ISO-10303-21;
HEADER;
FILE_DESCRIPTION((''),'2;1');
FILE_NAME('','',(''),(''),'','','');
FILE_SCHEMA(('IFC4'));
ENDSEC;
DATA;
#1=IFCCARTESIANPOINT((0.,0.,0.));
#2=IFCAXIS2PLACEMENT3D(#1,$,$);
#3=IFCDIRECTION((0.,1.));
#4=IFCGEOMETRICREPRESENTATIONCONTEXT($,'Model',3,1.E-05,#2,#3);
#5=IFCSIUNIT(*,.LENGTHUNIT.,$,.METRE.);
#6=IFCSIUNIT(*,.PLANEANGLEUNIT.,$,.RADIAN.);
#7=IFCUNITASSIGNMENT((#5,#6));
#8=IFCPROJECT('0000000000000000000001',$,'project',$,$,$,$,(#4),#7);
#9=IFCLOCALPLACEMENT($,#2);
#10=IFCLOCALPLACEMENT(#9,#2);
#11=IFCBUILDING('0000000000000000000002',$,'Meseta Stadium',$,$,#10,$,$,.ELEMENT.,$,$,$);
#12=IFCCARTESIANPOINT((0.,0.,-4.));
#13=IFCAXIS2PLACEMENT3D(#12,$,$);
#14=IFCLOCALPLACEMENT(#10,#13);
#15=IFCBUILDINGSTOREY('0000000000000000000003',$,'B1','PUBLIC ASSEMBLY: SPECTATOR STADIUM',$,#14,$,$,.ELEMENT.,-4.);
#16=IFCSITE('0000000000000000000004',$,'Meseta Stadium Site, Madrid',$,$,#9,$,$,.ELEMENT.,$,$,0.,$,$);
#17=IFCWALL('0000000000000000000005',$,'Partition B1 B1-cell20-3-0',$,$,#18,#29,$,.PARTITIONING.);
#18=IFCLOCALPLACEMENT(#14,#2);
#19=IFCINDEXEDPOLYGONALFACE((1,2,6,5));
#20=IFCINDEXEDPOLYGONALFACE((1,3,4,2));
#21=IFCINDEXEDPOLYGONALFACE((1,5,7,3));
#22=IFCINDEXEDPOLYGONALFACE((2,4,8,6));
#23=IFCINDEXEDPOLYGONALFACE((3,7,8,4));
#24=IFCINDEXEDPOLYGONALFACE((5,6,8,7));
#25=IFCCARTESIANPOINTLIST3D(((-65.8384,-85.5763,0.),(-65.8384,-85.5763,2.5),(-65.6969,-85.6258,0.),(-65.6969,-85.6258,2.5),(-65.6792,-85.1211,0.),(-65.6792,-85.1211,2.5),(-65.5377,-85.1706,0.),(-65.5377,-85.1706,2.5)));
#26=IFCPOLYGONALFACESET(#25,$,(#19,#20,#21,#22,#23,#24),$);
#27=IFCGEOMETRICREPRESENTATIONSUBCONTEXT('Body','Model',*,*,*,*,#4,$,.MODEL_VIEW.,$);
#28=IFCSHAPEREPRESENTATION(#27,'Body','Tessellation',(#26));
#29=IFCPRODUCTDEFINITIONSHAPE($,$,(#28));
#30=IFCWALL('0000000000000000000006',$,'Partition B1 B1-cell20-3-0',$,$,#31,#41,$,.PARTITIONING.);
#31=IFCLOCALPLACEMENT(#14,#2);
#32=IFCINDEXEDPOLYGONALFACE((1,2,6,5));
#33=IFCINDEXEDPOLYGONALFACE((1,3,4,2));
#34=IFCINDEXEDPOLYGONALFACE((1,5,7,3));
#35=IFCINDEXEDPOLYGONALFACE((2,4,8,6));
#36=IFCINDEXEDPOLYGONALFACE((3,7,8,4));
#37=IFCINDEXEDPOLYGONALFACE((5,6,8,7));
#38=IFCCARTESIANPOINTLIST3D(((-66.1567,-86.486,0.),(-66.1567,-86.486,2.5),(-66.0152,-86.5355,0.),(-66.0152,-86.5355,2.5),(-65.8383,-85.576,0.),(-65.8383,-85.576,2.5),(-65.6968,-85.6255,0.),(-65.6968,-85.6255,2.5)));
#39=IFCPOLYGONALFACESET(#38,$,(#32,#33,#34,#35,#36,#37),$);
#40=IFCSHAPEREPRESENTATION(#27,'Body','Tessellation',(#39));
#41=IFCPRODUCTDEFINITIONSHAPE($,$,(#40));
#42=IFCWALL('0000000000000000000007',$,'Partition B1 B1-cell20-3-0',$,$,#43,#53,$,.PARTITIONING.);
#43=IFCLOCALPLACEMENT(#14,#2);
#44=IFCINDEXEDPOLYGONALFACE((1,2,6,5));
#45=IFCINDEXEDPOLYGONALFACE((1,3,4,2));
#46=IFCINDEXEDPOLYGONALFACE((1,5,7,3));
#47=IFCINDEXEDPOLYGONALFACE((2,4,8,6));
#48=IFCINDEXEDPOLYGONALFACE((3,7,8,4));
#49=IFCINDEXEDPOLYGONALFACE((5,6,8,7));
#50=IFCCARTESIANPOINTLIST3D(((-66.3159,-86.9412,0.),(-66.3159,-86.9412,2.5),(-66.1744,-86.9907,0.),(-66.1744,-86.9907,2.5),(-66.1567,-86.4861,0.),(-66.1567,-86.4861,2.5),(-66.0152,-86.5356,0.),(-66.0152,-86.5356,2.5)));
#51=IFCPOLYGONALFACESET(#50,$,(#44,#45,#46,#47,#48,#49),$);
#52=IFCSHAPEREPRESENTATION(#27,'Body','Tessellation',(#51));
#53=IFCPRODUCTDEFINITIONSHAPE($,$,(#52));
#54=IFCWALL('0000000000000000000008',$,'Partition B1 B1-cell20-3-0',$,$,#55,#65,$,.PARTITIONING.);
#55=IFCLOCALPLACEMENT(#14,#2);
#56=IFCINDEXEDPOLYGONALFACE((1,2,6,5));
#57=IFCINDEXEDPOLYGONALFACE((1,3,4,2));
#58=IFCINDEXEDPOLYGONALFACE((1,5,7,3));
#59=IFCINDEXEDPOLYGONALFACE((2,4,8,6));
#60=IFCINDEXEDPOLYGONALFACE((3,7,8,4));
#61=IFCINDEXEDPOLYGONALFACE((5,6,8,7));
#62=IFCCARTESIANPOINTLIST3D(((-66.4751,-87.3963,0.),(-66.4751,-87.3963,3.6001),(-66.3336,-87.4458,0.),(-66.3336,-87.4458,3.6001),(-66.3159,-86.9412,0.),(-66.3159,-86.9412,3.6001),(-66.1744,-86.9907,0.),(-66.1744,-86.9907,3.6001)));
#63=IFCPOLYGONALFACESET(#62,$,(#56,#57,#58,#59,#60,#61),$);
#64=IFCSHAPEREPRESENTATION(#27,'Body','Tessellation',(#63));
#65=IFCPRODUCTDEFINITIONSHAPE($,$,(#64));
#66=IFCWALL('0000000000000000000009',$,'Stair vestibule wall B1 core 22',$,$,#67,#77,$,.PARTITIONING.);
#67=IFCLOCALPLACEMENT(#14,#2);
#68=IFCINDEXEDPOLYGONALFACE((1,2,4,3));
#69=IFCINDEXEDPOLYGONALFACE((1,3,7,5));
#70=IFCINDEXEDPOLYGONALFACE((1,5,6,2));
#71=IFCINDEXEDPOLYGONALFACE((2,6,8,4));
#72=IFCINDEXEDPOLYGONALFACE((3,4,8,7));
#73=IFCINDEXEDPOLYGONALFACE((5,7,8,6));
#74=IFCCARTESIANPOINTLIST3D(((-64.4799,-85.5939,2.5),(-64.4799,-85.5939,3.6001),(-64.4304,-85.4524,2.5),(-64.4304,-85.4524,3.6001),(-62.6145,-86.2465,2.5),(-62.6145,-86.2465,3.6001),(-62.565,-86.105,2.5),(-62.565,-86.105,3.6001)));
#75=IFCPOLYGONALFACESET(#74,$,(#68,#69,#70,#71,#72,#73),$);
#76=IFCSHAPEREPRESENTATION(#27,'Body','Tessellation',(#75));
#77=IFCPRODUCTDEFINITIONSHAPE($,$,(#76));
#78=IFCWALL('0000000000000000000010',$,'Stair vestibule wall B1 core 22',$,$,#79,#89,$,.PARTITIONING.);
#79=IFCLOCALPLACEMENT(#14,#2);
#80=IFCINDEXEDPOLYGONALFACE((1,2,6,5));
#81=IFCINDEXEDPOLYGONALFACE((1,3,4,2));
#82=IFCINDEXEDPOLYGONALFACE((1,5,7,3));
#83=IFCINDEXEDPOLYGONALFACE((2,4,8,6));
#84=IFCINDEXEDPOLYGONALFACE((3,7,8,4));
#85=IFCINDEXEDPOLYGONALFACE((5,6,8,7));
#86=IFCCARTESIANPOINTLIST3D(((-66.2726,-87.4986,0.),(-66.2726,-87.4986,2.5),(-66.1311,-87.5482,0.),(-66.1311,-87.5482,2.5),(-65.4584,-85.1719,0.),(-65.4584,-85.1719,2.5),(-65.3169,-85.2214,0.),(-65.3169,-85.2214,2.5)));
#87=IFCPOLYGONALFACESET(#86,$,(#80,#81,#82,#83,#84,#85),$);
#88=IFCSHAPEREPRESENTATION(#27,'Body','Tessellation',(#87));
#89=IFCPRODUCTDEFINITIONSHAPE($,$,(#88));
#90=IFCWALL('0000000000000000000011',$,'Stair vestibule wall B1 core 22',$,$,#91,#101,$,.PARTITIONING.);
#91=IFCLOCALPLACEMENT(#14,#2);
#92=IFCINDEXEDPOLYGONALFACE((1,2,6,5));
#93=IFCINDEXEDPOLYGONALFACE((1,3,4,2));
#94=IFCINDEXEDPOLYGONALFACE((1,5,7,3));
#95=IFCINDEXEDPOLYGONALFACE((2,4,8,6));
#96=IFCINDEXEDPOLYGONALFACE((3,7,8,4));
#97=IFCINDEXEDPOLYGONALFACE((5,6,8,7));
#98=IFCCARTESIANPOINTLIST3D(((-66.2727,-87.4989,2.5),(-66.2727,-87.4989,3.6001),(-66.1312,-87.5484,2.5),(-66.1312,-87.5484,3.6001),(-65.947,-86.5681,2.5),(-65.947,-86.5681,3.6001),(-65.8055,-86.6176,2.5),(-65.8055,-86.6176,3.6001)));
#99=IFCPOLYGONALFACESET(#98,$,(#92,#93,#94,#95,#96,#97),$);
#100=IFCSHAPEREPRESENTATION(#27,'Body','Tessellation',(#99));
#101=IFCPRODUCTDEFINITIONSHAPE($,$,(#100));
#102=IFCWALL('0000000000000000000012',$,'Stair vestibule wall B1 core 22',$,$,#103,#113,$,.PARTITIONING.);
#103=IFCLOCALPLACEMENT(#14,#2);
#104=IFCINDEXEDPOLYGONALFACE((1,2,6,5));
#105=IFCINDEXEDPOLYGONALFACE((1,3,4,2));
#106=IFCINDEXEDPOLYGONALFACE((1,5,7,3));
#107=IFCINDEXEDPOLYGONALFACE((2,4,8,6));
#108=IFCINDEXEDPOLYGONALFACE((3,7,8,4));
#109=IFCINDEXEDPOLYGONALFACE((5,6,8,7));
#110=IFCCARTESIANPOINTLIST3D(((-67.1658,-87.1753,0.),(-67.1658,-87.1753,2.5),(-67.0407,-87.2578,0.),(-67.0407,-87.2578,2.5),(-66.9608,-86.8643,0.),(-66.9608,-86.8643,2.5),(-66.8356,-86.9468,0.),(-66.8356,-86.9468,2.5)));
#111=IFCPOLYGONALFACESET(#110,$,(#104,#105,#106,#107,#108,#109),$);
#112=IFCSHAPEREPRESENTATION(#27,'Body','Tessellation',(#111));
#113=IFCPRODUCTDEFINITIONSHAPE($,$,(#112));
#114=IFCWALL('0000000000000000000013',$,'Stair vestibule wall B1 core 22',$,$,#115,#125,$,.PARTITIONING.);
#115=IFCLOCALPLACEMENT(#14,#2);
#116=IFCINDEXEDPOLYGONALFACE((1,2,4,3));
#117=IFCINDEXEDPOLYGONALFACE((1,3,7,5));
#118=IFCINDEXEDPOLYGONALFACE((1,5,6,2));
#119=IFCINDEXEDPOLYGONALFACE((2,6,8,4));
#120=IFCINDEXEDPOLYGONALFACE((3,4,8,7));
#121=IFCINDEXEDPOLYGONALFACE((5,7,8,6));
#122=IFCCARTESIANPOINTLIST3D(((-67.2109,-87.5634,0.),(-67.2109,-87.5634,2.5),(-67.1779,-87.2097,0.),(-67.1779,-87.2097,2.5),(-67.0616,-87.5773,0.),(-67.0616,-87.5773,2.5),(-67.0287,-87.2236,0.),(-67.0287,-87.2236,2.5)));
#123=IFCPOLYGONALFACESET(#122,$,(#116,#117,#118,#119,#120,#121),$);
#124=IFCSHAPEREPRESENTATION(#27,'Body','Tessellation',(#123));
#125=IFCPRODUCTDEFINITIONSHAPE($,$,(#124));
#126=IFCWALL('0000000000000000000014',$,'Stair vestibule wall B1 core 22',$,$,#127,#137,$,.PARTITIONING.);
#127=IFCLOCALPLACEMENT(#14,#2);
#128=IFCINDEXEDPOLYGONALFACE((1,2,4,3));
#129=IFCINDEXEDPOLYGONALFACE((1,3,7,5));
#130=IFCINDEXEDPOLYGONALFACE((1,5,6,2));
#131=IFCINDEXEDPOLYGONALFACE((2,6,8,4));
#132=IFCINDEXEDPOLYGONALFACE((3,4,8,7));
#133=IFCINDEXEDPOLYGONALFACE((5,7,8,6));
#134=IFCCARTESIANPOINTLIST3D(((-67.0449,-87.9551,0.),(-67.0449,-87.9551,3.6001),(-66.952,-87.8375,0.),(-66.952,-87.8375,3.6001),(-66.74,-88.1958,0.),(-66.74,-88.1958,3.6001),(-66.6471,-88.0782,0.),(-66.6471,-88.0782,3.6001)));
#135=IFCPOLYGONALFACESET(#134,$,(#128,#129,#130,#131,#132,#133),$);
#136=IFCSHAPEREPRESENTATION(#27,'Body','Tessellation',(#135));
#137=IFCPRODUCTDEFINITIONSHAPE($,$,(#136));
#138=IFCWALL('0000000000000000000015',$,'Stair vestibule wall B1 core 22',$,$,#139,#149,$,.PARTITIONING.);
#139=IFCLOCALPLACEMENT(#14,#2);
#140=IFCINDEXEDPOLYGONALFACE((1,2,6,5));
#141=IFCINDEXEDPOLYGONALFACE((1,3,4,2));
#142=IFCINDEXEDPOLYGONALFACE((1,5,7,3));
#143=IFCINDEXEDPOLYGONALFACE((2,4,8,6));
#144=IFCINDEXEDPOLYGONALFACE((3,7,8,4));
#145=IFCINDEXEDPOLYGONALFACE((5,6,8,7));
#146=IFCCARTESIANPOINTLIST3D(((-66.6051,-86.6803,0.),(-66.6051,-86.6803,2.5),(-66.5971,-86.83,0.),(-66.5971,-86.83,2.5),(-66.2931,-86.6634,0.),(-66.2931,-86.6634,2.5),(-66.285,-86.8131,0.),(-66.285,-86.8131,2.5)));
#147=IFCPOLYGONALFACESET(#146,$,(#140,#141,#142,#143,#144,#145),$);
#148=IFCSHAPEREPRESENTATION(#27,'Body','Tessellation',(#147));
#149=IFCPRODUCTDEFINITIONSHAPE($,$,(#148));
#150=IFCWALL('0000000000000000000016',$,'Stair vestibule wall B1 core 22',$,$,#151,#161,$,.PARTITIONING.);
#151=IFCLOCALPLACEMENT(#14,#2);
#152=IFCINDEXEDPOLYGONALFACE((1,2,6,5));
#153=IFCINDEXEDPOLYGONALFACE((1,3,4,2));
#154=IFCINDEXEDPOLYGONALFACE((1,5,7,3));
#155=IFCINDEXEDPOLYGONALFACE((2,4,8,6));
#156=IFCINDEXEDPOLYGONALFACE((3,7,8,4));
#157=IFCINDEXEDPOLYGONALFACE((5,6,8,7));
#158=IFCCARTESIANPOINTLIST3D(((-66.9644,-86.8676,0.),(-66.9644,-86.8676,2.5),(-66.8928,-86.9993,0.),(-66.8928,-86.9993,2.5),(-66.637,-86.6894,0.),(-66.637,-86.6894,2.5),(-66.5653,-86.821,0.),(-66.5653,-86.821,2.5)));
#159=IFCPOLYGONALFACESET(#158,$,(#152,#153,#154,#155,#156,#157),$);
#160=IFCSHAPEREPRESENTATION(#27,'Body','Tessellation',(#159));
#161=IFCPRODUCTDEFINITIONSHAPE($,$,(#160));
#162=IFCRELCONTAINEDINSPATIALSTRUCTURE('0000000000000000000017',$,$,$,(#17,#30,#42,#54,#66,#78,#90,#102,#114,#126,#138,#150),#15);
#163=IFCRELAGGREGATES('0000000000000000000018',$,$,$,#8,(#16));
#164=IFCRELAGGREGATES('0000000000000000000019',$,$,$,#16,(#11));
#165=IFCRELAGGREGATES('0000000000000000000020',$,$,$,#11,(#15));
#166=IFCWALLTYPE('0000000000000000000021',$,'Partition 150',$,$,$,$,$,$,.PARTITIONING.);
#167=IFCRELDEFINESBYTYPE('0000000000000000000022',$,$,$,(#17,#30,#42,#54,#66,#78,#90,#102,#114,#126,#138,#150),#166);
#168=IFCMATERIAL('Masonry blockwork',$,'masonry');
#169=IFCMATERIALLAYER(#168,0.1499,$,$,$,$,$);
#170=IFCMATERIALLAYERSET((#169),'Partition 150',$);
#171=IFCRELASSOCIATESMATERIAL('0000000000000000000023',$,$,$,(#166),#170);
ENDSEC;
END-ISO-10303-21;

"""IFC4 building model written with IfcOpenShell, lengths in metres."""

from ifc_helpers import new_model, si_unit, direction, frame, frame_2d, origin, place, context, subcontext, project, spatial, rectangle, extrude, material, layer, layer_set, type_object, element, save


model = new_model("IFC4")

# Units and contexts
model_context = context("Model", 3, precision=1e-05, world=origin(), true_north=direction((0.0, 1.0)))
body_context = subcontext(model_context, "Body", "Model", "MODEL_VIEW")
ifc_project = project(units=[si_unit("LENGTHUNIT", "METRE"), si_unit("PLANEANGLEUNIT", "RADIAN")], contexts=[model_context])

# Site, building, storey
site_placement = place(None, origin())
site = spatial("IfcSite", under=ifc_project, at=site_placement, Name="Meseta Stadium Site, Madrid", CompositionType="ELEMENT", RefElevation=0.0)
building_placement = place(site_placement, origin())
building = spatial("IfcBuilding", under=site, at=building_placement, Name="Meseta Stadium", CompositionType="ELEMENT")
storey_placement = place(building_placement, frame((0.0, 0.0, -4.0)))
storey = spatial("IfcBuildingStorey", under=building, at=storey_placement, Name="B1", Description="PUBLIC ASSEMBLY: SPECTATOR STADIUM", CompositionType="ELEMENT", Elevation=-4.0)

# Walls
ifc_material_1 = material(Name="Masonry blockwork", Category="masonry")
ifc_layer_1 = layer(ifc_material_1, 0.1499)
ifc_layer_set_1 = layer_set([ifc_layer_1], Name="Partition 150")
wall_type_1 = type_object("IfcWallType", Name="Partition 150", PredefinedType="PARTITIONING", material=ifc_layer_set_1)
wall_1_placement = place(storey_placement, frame((-65.6084, -85.1458, 0.0), z_axis=(0.0, 0.0, 1.0), x_axis=(-0.33017, -0.943921, 0.0)))
element("IfcWall", 1, at=wall_1_placement, inside=storey, type_object=wall_type_1, Name="Partition B1 B1-cell20-3-0", PredefinedType="PARTITIONING", context=body_context, shape_type="SweptSolid", body=[
    extrude(rectangle(XDim=0.4822, YDim=0.1499, at=frame_2d((0.2412, 0.0))), origin(), (0.0, 0.0, 1.0), 2.5),
])
wall_2_placement = place(storey_placement, frame((-65.7676, -85.6008, 0.0), z_axis=(0.0, 0.0, 1.0), x_axis=(-0.330249, -0.943894, 0.0)))
element("IfcWall", 2, at=wall_2_placement, inside=storey, type_object=wall_type_1, Name="Partition B1 B1-cell20-3-0", PredefinedType="PARTITIONING", context=body_context, shape_type="SweptSolid", body=[
    extrude(rectangle(XDim=0.9641, YDim=0.1499, at=frame_2d((0.4819, 0.0))), origin(), (0.0, 0.0, 1.0), 2.5),
])
wall_3_placement = place(storey_placement, frame((-66.0859, -86.5107, 0.0), z_axis=(0.0, 0.0, 1.0), x_axis=(-0.33017, -0.943921, 0.0)))
element("IfcWall", 3, at=wall_3_placement, inside=storey, type_object=wall_type_1, Name="Partition B1 B1-cell20-3-0", PredefinedType="PARTITIONING", context=body_context, shape_type="SweptSolid", body=[
    extrude(rectangle(XDim=0.4822, YDim=0.1499, at=frame_2d((0.2412, 0.0))), origin(), (0.0, 0.0, 1.0), 2.5),
])
wall_4_placement = place(storey_placement, frame((-66.2451, -86.9658, 0.0), z_axis=(0.0, 0.0, 1.0), x_axis=(-0.33017, -0.943921, 0.0)))
element("IfcWall", 4, at=wall_4_placement, inside=storey, type_object=wall_type_1, Name="Partition B1 B1-cell20-3-0", PredefinedType="PARTITIONING", context=body_context, shape_type="SweptSolid", body=[
    extrude(rectangle(XDim=0.4822, YDim=0.1499, at=frame_2d((0.2412, 0.0))), origin(), (0.0, 0.0, 1.0), 3.6001),
])
wall_5_placement = place(storey_placement, frame((-62.5896, -86.1758, 2.5), z_axis=(0.0, 0.0, 1.0), x_axis=(-0.94391, 0.330202, 0.0)))
element("IfcWall", 5, at=wall_5_placement, inside=storey, type_object=wall_type_1, Name="Stair vestibule wall B1 core 22", PredefinedType="PARTITIONING", context=body_context, shape_type="SweptSolid", body=[
    extrude(rectangle(XDim=1.9763, YDim=0.1499, at=frame_2d((0.9883, 0.0))), origin(), (0.0, 0.0, 1.0), 1.1001),
])
wall_6_placement = place(storey_placement, frame((-65.3877, -85.1968, 0.0), z_axis=(0.0, 0.0, 1.0), x_axis=(-0.330306, -0.943874, 0.0)))
element("IfcWall", 6, at=wall_6_placement, inside=storey, type_object=wall_type_1, Name="Stair vestibule wall B1 core 22", PredefinedType="PARTITIONING", context=body_context, shape_type="SweptSolid", body=[
    extrude(rectangle(XDim=2.4651, YDim=0.1499, at=frame_2d((1.2324, 0.0))), origin(), (0.0, 0.0, 1.0), 2.5),
])
wall_7_placement = place(storey_placement, frame((-65.8762, -86.5928, 2.5), z_axis=(0.0, 0.0, 1.0), x_axis=(-0.330306, -0.943874, 0.0)))
element("IfcWall", 7, at=wall_7_placement, inside=storey, type_object=wall_type_1, Name="Stair vestibule wall B1 core 22", PredefinedType="PARTITIONING", context=body_context, shape_type="SweptSolid", body=[
    extrude(rectangle(XDim=0.9861, YDim=0.1499, at=frame_2d((0.4932, 0.0))), origin(), (0.0, 0.0, 1.0), 1.1001),
])
wall_8_placement = place(storey_placement, frame((-66.8982, -86.9055, 0.0), z_axis=(0.0, 0.0, 1.0), x_axis=(-0.550459, -0.834862, 0.0)))
element("IfcWall", 8, at=wall_8_placement, inside=storey, type_object=wall_type_1, Name="Stair vestibule wall B1 core 22", PredefinedType="PARTITIONING", context=body_context, shape_type="SweptSolid", body=[
    extrude(rectangle(XDim=0.3726, YDim=0.1499, at=frame_2d((0.1863, 0.0))), origin(), (0.0, 0.0, 1.0), 2.5),
])
wall_9_placement = place(storey_placement, frame((-67.1033, -87.2166, 0.0), z_axis=(0.0, 0.0, 1.0), x_axis=(-0.092766, -0.995688, 0.0)))
element("IfcWall", 9, at=wall_9_placement, inside=storey, type_object=wall_type_1, Name="Stair vestibule wall B1 core 22", PredefinedType="PARTITIONING", context=body_context, shape_type="SweptSolid", body=[
    extrude(rectangle(XDim=0.3552, YDim=0.1499, at=frame_2d((0.1777, 0.0))), origin(), (0.0, 0.0, 1.0), 2.5),
])
wall_10_placement = place(storey_placement, frame((-66.9985, -87.8962, 0.0), z_axis=(0.0, 0.0, 1.0), x_axis=(0.784899, -0.619624, 0.0)))
element("IfcWall", 10, at=wall_10_placement, inside=storey, type_object=wall_type_1, Name="Stair vestibule wall B1 core 22", PredefinedType="PARTITIONING", context=body_context, shape_type="SweptSolid", body=[
    extrude(rectangle(XDim=0.3884, YDim=0.1499, at=frame_2d((0.1943, 0.0))), origin(), (0.0, 0.0, 1.0), 3.6001),
])
wall_11_placement = place(storey_placement, frame((-66.2891, -86.7383, 0.0), z_axis=(0.0, 0.0, 1.0), x_axis=(-0.998546, -0.053912, 0.0)))
element("IfcWall", 11, at=wall_11_placement, inside=storey, type_object=wall_type_1, Name="Stair vestibule wall B1 core 22", PredefinedType="PARTITIONING", context=body_context, shape_type="SweptSolid", body=[
    extrude(rectangle(XDim=0.3125, YDim=0.1499, at=frame_2d((0.1562, 0.0))), origin(), (0.0, 0.0, 1.0), 2.5),
])
wall_12_placement = place(storey_placement, frame((-66.6011, -86.7551, 0.0), z_axis=(0.0, 0.0, 1.0), x_axis=(-0.878296, -0.478118, 0.0)))
element("IfcWall", 12, at=wall_12_placement, inside=storey, type_object=wall_type_1, Name="Stair vestibule wall B1 core 22", PredefinedType="PARTITIONING", context=body_context, shape_type="SweptSolid", body=[
    extrude(rectangle(XDim=0.3728, YDim=0.1499, at=frame_2d((0.1865, 0.0))), origin(), (0.0, 0.0, 1.0), 2.5),
])

save(model, "model.ifc")
